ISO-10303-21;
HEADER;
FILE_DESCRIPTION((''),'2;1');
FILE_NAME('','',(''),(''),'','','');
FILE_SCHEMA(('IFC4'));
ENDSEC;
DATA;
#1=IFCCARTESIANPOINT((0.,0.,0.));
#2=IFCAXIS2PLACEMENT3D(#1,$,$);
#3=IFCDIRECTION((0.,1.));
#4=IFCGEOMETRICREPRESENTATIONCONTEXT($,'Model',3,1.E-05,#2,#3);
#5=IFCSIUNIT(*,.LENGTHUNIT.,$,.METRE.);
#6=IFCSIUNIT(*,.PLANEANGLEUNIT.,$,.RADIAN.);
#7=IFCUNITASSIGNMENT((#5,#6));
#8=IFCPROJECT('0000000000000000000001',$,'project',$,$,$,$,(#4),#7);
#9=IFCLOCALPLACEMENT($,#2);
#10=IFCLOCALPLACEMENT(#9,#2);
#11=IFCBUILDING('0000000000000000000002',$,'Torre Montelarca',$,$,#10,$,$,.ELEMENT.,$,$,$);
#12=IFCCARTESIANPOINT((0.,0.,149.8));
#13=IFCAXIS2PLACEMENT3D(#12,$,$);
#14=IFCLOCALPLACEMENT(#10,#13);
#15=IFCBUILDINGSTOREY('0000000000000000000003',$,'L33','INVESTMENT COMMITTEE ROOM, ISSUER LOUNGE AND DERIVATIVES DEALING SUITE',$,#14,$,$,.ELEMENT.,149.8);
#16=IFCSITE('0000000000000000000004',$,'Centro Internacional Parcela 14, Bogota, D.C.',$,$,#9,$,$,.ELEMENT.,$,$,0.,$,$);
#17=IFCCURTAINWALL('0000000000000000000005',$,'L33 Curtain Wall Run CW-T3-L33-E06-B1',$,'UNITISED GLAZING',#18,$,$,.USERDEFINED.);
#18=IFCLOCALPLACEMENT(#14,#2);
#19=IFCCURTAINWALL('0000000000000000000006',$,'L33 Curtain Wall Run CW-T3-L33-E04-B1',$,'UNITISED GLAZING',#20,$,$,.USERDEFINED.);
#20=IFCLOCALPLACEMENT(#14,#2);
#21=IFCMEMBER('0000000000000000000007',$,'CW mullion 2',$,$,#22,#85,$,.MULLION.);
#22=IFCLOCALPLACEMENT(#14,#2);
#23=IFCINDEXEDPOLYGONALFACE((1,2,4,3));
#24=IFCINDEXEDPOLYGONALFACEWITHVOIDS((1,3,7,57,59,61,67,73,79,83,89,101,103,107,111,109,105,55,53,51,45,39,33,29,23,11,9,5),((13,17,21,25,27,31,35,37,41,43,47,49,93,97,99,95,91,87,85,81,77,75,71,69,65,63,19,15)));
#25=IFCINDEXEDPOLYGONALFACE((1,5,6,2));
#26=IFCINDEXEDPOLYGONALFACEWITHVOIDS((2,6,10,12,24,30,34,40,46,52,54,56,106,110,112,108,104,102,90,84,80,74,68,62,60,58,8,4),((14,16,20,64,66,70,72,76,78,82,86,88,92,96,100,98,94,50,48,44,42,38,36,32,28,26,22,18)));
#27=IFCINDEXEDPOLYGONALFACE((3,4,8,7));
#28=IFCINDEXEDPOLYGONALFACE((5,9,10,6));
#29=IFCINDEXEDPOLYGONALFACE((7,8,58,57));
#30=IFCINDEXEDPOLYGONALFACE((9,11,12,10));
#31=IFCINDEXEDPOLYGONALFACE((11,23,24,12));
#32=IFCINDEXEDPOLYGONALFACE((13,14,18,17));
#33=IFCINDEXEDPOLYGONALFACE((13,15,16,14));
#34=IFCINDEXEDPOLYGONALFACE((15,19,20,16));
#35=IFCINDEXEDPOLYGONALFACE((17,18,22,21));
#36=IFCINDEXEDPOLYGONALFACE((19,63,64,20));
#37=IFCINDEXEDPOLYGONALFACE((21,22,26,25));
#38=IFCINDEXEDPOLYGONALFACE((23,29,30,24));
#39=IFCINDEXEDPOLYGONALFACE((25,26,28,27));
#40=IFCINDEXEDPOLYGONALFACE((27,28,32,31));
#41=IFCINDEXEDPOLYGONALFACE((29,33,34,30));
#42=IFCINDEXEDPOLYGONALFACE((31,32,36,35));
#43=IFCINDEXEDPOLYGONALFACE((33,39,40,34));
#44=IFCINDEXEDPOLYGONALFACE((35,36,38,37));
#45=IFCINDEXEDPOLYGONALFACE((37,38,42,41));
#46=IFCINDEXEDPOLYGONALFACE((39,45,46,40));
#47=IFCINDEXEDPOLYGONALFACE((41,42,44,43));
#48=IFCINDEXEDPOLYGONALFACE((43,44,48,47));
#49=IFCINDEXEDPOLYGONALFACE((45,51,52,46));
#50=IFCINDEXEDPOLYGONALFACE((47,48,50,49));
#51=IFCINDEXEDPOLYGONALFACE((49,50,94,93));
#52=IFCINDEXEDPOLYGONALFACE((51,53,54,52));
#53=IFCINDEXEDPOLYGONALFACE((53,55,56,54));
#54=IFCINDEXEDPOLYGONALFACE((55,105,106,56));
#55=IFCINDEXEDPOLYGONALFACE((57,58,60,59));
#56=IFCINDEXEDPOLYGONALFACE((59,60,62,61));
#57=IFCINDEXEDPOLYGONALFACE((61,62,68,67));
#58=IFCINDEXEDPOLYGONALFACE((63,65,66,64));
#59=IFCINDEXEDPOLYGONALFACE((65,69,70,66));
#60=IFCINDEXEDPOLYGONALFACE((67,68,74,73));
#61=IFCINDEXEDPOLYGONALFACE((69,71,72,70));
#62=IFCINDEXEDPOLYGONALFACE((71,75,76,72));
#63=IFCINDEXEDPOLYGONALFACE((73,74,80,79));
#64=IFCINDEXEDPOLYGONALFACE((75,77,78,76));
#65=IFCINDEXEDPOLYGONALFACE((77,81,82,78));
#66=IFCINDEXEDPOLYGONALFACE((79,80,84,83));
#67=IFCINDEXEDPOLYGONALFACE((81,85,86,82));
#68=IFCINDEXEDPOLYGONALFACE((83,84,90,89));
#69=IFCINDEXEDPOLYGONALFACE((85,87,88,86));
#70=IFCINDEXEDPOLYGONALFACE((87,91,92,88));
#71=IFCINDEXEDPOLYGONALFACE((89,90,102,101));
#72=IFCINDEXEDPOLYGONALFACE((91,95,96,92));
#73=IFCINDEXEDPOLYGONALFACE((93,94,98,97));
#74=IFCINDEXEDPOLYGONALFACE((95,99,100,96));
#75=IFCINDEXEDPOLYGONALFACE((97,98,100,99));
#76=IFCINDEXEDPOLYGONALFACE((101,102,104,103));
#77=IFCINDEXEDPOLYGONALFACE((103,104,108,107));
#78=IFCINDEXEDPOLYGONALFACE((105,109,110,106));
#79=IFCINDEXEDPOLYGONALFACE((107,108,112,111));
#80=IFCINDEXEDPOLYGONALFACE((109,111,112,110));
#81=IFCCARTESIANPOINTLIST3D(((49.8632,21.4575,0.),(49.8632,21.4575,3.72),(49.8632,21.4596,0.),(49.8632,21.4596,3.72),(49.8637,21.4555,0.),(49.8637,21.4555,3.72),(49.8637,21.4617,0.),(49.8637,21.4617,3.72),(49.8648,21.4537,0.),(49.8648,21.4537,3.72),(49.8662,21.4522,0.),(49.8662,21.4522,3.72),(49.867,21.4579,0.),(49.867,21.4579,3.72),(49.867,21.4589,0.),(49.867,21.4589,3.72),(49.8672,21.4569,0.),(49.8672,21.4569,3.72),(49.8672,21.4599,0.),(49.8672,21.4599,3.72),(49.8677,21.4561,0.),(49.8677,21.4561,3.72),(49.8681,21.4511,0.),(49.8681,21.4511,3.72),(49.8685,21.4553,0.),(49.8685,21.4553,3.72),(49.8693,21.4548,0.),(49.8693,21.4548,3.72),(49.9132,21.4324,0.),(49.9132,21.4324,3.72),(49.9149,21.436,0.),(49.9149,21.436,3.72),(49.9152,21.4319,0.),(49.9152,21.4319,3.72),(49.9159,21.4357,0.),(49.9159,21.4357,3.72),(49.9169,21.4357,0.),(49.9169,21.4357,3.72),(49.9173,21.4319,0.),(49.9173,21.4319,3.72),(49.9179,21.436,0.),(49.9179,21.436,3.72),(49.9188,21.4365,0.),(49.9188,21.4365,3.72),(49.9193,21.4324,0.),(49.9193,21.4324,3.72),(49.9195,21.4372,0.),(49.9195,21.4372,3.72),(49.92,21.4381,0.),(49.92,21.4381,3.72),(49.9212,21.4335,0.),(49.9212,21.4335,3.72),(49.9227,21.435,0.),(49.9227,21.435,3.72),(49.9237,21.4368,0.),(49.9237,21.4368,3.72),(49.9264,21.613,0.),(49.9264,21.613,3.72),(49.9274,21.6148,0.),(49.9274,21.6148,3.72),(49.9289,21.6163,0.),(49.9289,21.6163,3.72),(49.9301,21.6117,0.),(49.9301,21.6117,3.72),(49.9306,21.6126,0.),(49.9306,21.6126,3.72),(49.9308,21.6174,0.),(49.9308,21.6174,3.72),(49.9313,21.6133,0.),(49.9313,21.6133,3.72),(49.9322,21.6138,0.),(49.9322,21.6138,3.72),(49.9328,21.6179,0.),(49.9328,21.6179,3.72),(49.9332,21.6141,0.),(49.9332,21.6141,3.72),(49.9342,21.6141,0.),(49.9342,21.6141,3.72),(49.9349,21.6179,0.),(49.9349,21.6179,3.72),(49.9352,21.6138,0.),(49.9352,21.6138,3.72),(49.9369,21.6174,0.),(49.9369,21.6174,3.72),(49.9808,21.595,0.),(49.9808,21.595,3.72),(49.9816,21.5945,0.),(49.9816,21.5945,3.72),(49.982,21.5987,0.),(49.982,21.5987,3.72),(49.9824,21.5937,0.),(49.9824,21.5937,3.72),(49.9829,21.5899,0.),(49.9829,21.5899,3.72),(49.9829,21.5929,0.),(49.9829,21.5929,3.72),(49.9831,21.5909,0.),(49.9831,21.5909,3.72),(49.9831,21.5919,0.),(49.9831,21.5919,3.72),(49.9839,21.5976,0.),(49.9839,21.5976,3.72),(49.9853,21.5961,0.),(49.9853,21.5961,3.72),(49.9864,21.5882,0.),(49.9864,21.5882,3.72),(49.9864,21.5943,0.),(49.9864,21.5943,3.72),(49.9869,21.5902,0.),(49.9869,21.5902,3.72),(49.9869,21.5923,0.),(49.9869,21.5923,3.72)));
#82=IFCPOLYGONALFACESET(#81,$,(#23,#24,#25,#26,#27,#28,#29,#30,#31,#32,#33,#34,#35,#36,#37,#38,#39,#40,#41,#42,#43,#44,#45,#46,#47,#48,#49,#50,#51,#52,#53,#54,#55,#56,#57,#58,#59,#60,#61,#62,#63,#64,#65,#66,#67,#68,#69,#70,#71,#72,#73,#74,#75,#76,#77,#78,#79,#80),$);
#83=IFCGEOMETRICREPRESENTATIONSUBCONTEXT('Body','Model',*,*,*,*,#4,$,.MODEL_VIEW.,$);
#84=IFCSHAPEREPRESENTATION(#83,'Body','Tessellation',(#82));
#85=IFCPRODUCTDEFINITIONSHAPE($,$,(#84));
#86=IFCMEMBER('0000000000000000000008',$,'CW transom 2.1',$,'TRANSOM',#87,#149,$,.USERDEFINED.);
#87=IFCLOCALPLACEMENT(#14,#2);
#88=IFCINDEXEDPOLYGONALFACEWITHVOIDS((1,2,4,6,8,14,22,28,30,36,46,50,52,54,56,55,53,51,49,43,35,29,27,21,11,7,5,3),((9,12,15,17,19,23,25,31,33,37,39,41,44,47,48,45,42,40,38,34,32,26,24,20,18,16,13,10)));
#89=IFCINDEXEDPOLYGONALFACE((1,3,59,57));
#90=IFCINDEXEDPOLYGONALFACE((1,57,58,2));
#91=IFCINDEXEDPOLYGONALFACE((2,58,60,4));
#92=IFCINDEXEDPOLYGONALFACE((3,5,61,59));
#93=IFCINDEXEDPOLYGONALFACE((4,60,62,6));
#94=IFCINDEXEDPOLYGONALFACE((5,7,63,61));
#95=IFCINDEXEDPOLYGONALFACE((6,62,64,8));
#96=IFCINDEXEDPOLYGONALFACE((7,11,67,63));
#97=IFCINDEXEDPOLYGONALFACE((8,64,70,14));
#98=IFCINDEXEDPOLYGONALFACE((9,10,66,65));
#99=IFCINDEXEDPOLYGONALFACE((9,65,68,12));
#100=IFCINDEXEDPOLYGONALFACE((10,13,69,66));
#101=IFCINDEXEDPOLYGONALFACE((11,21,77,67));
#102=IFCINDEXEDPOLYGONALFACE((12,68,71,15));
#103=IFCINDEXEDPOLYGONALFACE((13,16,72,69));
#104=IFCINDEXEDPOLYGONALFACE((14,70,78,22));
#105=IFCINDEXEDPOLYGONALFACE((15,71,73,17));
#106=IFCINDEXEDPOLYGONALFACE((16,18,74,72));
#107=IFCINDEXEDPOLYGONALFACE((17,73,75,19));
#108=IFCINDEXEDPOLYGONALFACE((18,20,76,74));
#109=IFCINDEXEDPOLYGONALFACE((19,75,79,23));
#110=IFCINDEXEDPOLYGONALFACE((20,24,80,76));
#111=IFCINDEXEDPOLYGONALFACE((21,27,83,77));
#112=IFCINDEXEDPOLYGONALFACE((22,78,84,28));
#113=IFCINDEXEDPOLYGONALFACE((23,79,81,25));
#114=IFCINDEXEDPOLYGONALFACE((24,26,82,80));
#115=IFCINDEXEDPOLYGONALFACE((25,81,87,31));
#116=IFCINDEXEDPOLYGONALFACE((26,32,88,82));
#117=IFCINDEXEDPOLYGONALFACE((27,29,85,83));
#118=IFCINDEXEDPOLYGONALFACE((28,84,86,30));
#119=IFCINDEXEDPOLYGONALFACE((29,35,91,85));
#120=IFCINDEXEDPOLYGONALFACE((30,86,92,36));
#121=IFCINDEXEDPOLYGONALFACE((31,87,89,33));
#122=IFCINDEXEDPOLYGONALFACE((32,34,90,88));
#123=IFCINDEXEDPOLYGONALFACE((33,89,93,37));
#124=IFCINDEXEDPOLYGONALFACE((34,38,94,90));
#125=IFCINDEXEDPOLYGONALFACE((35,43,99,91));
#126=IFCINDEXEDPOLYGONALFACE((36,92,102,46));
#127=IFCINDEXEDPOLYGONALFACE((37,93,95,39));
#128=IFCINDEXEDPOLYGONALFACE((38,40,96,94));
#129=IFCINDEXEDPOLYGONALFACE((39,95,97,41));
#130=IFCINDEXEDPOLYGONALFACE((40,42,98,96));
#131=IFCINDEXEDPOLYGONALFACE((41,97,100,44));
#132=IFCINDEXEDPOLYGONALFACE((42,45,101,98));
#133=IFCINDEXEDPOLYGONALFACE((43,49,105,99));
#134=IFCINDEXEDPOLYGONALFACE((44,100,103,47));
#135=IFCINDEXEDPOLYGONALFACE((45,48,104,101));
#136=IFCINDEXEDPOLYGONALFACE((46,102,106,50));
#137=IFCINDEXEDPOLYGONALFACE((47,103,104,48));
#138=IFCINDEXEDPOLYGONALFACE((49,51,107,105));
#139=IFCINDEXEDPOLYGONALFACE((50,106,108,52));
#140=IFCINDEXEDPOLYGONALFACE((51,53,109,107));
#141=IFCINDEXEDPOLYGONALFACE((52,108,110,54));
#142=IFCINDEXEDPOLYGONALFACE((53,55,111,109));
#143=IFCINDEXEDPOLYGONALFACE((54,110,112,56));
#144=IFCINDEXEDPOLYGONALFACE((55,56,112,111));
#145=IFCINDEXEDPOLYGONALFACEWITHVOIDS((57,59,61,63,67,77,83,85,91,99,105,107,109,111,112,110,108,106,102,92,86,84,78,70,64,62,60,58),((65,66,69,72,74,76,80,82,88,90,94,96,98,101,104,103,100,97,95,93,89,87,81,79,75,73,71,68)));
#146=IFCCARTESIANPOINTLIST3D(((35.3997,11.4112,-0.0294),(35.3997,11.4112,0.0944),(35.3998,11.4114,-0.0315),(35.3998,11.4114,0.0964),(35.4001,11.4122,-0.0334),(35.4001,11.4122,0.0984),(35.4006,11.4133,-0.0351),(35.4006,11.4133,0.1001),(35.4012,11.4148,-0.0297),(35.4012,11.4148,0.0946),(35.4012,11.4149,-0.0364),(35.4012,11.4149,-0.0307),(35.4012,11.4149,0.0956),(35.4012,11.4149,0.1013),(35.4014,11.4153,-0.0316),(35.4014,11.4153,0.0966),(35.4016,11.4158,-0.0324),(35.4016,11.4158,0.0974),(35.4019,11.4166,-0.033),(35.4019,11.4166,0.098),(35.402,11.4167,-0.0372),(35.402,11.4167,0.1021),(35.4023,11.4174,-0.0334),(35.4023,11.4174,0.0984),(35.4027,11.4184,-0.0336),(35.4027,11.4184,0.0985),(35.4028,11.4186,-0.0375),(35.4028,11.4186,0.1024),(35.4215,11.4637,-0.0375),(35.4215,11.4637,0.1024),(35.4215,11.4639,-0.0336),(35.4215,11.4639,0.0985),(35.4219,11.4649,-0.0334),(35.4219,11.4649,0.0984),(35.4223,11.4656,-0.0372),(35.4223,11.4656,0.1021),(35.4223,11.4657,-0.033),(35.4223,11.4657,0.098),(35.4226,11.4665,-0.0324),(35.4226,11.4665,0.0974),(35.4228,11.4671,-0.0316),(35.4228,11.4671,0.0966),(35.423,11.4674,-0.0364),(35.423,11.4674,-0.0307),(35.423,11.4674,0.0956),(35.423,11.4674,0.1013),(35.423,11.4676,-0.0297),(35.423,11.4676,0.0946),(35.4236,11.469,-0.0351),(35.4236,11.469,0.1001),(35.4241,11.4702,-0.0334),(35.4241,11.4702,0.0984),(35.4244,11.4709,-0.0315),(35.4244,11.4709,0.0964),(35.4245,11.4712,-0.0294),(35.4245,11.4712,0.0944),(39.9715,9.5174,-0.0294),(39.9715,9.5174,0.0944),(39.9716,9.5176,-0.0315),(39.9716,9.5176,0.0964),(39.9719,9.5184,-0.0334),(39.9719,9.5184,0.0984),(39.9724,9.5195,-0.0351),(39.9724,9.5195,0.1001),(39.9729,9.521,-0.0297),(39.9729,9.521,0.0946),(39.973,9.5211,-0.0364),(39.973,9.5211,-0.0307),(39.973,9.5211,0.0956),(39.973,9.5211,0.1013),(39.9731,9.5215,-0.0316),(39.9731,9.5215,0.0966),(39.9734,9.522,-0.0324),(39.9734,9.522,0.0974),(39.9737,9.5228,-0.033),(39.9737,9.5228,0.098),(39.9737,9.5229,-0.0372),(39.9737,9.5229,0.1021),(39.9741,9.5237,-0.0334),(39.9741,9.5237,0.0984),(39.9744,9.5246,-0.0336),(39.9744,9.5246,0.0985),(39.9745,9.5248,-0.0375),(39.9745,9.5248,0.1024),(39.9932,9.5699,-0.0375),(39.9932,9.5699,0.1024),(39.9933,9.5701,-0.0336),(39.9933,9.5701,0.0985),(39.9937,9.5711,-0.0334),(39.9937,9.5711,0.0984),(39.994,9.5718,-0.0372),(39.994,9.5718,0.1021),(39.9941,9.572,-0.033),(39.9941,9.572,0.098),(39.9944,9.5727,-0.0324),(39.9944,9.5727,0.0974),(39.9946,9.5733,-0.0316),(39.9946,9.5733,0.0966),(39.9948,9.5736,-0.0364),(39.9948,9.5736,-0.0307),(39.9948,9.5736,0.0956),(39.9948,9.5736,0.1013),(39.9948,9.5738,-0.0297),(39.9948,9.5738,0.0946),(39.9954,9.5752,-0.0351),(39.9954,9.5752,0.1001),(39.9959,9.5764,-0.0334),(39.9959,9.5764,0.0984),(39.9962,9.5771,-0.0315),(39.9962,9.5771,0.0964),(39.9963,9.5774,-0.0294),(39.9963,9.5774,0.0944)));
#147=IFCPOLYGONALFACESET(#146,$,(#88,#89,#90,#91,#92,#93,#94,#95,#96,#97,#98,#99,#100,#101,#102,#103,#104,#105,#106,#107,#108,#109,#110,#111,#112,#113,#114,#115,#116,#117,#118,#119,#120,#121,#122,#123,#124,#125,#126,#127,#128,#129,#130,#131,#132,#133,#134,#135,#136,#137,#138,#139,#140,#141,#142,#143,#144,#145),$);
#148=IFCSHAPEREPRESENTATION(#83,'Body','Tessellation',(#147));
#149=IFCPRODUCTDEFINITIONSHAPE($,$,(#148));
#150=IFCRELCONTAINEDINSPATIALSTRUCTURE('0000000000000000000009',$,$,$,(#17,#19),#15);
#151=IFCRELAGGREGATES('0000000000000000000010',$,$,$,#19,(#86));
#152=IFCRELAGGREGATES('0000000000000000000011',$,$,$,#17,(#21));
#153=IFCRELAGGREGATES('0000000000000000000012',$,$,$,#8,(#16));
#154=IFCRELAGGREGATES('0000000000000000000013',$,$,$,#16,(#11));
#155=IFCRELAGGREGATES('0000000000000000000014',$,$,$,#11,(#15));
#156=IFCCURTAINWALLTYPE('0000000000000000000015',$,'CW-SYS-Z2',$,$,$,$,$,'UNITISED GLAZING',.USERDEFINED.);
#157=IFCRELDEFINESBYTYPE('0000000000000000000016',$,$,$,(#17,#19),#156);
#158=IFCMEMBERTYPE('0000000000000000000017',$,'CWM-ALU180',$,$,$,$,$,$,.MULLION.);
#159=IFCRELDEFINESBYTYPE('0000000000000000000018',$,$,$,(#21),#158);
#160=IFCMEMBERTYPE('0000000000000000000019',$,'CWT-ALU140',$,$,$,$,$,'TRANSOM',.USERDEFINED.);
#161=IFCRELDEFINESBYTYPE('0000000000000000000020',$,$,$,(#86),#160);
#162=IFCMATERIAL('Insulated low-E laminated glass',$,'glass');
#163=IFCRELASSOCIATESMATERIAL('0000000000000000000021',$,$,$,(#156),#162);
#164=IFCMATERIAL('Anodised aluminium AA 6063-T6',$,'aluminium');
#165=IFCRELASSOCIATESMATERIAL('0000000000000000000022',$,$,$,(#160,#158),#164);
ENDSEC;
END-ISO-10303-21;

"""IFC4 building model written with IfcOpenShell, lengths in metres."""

from ifc_helpers import new_model, si_unit, direction, frame, origin, origin_2d, place, context, subcontext, project, spatial, hollow_rectangle, extrude, source, transform, mapped, material, material_profile, profile_set, type_object, element, aggregate, save


model = new_model("IFC4")

# Units and contexts
model_context = context("Model", 3, precision=1e-05, world=origin(), true_north=direction((0.0, 1.0)))
body_context = subcontext(model_context, "Body", "Model", "MODEL_VIEW")
ifc_project = project(units=[si_unit("LENGTHUNIT", "METRE"), si_unit("PLANEANGLEUNIT", "RADIAN")], contexts=[model_context])

# Site, building, storey
site_placement = place(None, origin())
site = spatial("IfcSite", under=ifc_project, at=site_placement, Name="Centro Internacional Parcela 14, Bogota, D.C.", CompositionType="ELEMENT", RefElevation=0.0)
building_placement = place(site_placement, origin())
building = spatial("IfcBuilding", under=site, at=building_placement, Name="Torre Montelarca", CompositionType="ELEMENT")
storey_placement = place(building_placement, frame((0.0, 0.0, 149.8)))
storey = spatial("IfcBuildingStorey", under=building, at=storey_placement, Name="L33", Description="INVESTMENT COMMITTEE ROOM, ISSUER LOUNGE AND DERIVATIVES DEALING SUITE", CompositionType="ELEMENT", Elevation=149.8)

# Curtain walls
ifc_material_1 = material(Name="Insulated low-E laminated glass", Category="glass")
curtain_wall_type = type_object("IfcCurtainWallType", Name="CW-SYS-Z2", ElementType="UNITISED GLAZING", PredefinedType="USERDEFINED", material=ifc_material_1)
ifc_material_2 = material(Name="Anodised aluminium AA 6063-T6", Category="aluminium")
ifc_material_profile_1 = material_profile(ifc_material_2, hollow_rectangle(XDim=0.0649, YDim=0.1399, WallThickness=0.0039, InnerFilletRadius=0.0039, OuterFilletRadius=0.0081, at=origin_2d()), Name="ALU65X140X4", Category="aluminium")
ifc_profile_set_1 = profile_set([ifc_material_profile_1], Name="Anodised aluminium AA 6063-T6")
member_type_1 = type_object("IfcMemberType", Name="CWT-ALU140", ElementType="TRANSOM", PredefinedType="USERDEFINED", material=ifc_profile_set_1)
curtain_wall_1_placement = place(storey_placement, origin())
curtain_wall_1 = element("IfcCurtainWall", 1, at=curtain_wall_1_placement, inside=storey, type_object=curtain_wall_type, Name="L33 Curtain Wall Run CW-T3-L33-E06-B1", ObjectType="UNITISED GLAZING", PredefinedType="USERDEFINED")
curtain_wall_2_placement = place(storey_placement, origin())
curtain_wall_2 = element("IfcCurtainWall", 2, at=curtain_wall_2_placement, inside=storey, type_object=curtain_wall_type, Name="L33 Curtain Wall Run CW-T3-L33-E04-B1", ObjectType="UNITISED GLAZING", PredefinedType="USERDEFINED")
ifc_material_profile_2 = material_profile(ifc_material_2, hollow_rectangle(XDim=0.0649, YDim=0.1799, WallThickness=0.0039, InnerFilletRadius=0.0039, OuterFilletRadius=0.0081, at=origin_2d()), Name="ALU65X180X4", Category="aluminium")
ifc_profile_set_2 = profile_set([ifc_material_profile_2], Name="Anodised aluminium AA 6063-T6")
member_type_2 = type_object("IfcMemberType", Name="CWM-ALU180", PredefinedType="MULLION", material=ifc_profile_set_2)
shared_shape_1 = source(origin(), body_context, "Body", "SweptSolid", [
    extrude(hollow_rectangle(XDim=0.0649, YDim=0.1799, WallThickness=0.0039, InnerFilletRadius=0.0039, OuterFilletRadius=0.0081, at=origin_2d()), origin(), (0.0, 0.0, 1.0), 3.72),
])

# Members
member_1_placement = place(storey_placement, frame((49.925, 21.5249, 0.0), z_axis=(0.0, 0.0, 1.0), x_axis=(-0.923881, 0.382679, 0.0)))
member_1 = element("IfcMember", 3, at=member_1_placement, type_object=member_type_2, Name="CW mullion 2", PredefinedType="MULLION", context=body_context, shape_type="MappedRepresentation", body=[
    mapped(shared_shape_1, transform((0.0, 0.0, 0.0), scale=1.0)),
])
shared_shape_2 = source(origin(), body_context, "Body", "SweptSolid", [
    extrude(hollow_rectangle(XDim=0.0649, YDim=0.1399, WallThickness=0.0039, InnerFilletRadius=0.0039, OuterFilletRadius=0.0081, at=origin_2d()), origin(), (0.0, 0.0, 1.0), 4.9485),
])
member_2_placement = place(storey_placement, frame((35.4121, 11.4412, 0.0325), z_axis=(0.923872, -0.382702, 0.0), x_axis=(0.382702, 0.923872, 0.0)))
member_2 = element("IfcMember", 4, at=member_2_placement, type_object=member_type_1, Name="CW transom 2.1", ObjectType="TRANSOM", PredefinedType="USERDEFINED", context=body_context, shape_type="MappedRepresentation", body=[
    mapped(shared_shape_2, transform((0.0, 0.0, 0.0), scale=1.0)),
])

aggregate(curtain_wall_2, [member_2])
aggregate(curtain_wall_1, [member_1])

save(model, "model.ifc")
